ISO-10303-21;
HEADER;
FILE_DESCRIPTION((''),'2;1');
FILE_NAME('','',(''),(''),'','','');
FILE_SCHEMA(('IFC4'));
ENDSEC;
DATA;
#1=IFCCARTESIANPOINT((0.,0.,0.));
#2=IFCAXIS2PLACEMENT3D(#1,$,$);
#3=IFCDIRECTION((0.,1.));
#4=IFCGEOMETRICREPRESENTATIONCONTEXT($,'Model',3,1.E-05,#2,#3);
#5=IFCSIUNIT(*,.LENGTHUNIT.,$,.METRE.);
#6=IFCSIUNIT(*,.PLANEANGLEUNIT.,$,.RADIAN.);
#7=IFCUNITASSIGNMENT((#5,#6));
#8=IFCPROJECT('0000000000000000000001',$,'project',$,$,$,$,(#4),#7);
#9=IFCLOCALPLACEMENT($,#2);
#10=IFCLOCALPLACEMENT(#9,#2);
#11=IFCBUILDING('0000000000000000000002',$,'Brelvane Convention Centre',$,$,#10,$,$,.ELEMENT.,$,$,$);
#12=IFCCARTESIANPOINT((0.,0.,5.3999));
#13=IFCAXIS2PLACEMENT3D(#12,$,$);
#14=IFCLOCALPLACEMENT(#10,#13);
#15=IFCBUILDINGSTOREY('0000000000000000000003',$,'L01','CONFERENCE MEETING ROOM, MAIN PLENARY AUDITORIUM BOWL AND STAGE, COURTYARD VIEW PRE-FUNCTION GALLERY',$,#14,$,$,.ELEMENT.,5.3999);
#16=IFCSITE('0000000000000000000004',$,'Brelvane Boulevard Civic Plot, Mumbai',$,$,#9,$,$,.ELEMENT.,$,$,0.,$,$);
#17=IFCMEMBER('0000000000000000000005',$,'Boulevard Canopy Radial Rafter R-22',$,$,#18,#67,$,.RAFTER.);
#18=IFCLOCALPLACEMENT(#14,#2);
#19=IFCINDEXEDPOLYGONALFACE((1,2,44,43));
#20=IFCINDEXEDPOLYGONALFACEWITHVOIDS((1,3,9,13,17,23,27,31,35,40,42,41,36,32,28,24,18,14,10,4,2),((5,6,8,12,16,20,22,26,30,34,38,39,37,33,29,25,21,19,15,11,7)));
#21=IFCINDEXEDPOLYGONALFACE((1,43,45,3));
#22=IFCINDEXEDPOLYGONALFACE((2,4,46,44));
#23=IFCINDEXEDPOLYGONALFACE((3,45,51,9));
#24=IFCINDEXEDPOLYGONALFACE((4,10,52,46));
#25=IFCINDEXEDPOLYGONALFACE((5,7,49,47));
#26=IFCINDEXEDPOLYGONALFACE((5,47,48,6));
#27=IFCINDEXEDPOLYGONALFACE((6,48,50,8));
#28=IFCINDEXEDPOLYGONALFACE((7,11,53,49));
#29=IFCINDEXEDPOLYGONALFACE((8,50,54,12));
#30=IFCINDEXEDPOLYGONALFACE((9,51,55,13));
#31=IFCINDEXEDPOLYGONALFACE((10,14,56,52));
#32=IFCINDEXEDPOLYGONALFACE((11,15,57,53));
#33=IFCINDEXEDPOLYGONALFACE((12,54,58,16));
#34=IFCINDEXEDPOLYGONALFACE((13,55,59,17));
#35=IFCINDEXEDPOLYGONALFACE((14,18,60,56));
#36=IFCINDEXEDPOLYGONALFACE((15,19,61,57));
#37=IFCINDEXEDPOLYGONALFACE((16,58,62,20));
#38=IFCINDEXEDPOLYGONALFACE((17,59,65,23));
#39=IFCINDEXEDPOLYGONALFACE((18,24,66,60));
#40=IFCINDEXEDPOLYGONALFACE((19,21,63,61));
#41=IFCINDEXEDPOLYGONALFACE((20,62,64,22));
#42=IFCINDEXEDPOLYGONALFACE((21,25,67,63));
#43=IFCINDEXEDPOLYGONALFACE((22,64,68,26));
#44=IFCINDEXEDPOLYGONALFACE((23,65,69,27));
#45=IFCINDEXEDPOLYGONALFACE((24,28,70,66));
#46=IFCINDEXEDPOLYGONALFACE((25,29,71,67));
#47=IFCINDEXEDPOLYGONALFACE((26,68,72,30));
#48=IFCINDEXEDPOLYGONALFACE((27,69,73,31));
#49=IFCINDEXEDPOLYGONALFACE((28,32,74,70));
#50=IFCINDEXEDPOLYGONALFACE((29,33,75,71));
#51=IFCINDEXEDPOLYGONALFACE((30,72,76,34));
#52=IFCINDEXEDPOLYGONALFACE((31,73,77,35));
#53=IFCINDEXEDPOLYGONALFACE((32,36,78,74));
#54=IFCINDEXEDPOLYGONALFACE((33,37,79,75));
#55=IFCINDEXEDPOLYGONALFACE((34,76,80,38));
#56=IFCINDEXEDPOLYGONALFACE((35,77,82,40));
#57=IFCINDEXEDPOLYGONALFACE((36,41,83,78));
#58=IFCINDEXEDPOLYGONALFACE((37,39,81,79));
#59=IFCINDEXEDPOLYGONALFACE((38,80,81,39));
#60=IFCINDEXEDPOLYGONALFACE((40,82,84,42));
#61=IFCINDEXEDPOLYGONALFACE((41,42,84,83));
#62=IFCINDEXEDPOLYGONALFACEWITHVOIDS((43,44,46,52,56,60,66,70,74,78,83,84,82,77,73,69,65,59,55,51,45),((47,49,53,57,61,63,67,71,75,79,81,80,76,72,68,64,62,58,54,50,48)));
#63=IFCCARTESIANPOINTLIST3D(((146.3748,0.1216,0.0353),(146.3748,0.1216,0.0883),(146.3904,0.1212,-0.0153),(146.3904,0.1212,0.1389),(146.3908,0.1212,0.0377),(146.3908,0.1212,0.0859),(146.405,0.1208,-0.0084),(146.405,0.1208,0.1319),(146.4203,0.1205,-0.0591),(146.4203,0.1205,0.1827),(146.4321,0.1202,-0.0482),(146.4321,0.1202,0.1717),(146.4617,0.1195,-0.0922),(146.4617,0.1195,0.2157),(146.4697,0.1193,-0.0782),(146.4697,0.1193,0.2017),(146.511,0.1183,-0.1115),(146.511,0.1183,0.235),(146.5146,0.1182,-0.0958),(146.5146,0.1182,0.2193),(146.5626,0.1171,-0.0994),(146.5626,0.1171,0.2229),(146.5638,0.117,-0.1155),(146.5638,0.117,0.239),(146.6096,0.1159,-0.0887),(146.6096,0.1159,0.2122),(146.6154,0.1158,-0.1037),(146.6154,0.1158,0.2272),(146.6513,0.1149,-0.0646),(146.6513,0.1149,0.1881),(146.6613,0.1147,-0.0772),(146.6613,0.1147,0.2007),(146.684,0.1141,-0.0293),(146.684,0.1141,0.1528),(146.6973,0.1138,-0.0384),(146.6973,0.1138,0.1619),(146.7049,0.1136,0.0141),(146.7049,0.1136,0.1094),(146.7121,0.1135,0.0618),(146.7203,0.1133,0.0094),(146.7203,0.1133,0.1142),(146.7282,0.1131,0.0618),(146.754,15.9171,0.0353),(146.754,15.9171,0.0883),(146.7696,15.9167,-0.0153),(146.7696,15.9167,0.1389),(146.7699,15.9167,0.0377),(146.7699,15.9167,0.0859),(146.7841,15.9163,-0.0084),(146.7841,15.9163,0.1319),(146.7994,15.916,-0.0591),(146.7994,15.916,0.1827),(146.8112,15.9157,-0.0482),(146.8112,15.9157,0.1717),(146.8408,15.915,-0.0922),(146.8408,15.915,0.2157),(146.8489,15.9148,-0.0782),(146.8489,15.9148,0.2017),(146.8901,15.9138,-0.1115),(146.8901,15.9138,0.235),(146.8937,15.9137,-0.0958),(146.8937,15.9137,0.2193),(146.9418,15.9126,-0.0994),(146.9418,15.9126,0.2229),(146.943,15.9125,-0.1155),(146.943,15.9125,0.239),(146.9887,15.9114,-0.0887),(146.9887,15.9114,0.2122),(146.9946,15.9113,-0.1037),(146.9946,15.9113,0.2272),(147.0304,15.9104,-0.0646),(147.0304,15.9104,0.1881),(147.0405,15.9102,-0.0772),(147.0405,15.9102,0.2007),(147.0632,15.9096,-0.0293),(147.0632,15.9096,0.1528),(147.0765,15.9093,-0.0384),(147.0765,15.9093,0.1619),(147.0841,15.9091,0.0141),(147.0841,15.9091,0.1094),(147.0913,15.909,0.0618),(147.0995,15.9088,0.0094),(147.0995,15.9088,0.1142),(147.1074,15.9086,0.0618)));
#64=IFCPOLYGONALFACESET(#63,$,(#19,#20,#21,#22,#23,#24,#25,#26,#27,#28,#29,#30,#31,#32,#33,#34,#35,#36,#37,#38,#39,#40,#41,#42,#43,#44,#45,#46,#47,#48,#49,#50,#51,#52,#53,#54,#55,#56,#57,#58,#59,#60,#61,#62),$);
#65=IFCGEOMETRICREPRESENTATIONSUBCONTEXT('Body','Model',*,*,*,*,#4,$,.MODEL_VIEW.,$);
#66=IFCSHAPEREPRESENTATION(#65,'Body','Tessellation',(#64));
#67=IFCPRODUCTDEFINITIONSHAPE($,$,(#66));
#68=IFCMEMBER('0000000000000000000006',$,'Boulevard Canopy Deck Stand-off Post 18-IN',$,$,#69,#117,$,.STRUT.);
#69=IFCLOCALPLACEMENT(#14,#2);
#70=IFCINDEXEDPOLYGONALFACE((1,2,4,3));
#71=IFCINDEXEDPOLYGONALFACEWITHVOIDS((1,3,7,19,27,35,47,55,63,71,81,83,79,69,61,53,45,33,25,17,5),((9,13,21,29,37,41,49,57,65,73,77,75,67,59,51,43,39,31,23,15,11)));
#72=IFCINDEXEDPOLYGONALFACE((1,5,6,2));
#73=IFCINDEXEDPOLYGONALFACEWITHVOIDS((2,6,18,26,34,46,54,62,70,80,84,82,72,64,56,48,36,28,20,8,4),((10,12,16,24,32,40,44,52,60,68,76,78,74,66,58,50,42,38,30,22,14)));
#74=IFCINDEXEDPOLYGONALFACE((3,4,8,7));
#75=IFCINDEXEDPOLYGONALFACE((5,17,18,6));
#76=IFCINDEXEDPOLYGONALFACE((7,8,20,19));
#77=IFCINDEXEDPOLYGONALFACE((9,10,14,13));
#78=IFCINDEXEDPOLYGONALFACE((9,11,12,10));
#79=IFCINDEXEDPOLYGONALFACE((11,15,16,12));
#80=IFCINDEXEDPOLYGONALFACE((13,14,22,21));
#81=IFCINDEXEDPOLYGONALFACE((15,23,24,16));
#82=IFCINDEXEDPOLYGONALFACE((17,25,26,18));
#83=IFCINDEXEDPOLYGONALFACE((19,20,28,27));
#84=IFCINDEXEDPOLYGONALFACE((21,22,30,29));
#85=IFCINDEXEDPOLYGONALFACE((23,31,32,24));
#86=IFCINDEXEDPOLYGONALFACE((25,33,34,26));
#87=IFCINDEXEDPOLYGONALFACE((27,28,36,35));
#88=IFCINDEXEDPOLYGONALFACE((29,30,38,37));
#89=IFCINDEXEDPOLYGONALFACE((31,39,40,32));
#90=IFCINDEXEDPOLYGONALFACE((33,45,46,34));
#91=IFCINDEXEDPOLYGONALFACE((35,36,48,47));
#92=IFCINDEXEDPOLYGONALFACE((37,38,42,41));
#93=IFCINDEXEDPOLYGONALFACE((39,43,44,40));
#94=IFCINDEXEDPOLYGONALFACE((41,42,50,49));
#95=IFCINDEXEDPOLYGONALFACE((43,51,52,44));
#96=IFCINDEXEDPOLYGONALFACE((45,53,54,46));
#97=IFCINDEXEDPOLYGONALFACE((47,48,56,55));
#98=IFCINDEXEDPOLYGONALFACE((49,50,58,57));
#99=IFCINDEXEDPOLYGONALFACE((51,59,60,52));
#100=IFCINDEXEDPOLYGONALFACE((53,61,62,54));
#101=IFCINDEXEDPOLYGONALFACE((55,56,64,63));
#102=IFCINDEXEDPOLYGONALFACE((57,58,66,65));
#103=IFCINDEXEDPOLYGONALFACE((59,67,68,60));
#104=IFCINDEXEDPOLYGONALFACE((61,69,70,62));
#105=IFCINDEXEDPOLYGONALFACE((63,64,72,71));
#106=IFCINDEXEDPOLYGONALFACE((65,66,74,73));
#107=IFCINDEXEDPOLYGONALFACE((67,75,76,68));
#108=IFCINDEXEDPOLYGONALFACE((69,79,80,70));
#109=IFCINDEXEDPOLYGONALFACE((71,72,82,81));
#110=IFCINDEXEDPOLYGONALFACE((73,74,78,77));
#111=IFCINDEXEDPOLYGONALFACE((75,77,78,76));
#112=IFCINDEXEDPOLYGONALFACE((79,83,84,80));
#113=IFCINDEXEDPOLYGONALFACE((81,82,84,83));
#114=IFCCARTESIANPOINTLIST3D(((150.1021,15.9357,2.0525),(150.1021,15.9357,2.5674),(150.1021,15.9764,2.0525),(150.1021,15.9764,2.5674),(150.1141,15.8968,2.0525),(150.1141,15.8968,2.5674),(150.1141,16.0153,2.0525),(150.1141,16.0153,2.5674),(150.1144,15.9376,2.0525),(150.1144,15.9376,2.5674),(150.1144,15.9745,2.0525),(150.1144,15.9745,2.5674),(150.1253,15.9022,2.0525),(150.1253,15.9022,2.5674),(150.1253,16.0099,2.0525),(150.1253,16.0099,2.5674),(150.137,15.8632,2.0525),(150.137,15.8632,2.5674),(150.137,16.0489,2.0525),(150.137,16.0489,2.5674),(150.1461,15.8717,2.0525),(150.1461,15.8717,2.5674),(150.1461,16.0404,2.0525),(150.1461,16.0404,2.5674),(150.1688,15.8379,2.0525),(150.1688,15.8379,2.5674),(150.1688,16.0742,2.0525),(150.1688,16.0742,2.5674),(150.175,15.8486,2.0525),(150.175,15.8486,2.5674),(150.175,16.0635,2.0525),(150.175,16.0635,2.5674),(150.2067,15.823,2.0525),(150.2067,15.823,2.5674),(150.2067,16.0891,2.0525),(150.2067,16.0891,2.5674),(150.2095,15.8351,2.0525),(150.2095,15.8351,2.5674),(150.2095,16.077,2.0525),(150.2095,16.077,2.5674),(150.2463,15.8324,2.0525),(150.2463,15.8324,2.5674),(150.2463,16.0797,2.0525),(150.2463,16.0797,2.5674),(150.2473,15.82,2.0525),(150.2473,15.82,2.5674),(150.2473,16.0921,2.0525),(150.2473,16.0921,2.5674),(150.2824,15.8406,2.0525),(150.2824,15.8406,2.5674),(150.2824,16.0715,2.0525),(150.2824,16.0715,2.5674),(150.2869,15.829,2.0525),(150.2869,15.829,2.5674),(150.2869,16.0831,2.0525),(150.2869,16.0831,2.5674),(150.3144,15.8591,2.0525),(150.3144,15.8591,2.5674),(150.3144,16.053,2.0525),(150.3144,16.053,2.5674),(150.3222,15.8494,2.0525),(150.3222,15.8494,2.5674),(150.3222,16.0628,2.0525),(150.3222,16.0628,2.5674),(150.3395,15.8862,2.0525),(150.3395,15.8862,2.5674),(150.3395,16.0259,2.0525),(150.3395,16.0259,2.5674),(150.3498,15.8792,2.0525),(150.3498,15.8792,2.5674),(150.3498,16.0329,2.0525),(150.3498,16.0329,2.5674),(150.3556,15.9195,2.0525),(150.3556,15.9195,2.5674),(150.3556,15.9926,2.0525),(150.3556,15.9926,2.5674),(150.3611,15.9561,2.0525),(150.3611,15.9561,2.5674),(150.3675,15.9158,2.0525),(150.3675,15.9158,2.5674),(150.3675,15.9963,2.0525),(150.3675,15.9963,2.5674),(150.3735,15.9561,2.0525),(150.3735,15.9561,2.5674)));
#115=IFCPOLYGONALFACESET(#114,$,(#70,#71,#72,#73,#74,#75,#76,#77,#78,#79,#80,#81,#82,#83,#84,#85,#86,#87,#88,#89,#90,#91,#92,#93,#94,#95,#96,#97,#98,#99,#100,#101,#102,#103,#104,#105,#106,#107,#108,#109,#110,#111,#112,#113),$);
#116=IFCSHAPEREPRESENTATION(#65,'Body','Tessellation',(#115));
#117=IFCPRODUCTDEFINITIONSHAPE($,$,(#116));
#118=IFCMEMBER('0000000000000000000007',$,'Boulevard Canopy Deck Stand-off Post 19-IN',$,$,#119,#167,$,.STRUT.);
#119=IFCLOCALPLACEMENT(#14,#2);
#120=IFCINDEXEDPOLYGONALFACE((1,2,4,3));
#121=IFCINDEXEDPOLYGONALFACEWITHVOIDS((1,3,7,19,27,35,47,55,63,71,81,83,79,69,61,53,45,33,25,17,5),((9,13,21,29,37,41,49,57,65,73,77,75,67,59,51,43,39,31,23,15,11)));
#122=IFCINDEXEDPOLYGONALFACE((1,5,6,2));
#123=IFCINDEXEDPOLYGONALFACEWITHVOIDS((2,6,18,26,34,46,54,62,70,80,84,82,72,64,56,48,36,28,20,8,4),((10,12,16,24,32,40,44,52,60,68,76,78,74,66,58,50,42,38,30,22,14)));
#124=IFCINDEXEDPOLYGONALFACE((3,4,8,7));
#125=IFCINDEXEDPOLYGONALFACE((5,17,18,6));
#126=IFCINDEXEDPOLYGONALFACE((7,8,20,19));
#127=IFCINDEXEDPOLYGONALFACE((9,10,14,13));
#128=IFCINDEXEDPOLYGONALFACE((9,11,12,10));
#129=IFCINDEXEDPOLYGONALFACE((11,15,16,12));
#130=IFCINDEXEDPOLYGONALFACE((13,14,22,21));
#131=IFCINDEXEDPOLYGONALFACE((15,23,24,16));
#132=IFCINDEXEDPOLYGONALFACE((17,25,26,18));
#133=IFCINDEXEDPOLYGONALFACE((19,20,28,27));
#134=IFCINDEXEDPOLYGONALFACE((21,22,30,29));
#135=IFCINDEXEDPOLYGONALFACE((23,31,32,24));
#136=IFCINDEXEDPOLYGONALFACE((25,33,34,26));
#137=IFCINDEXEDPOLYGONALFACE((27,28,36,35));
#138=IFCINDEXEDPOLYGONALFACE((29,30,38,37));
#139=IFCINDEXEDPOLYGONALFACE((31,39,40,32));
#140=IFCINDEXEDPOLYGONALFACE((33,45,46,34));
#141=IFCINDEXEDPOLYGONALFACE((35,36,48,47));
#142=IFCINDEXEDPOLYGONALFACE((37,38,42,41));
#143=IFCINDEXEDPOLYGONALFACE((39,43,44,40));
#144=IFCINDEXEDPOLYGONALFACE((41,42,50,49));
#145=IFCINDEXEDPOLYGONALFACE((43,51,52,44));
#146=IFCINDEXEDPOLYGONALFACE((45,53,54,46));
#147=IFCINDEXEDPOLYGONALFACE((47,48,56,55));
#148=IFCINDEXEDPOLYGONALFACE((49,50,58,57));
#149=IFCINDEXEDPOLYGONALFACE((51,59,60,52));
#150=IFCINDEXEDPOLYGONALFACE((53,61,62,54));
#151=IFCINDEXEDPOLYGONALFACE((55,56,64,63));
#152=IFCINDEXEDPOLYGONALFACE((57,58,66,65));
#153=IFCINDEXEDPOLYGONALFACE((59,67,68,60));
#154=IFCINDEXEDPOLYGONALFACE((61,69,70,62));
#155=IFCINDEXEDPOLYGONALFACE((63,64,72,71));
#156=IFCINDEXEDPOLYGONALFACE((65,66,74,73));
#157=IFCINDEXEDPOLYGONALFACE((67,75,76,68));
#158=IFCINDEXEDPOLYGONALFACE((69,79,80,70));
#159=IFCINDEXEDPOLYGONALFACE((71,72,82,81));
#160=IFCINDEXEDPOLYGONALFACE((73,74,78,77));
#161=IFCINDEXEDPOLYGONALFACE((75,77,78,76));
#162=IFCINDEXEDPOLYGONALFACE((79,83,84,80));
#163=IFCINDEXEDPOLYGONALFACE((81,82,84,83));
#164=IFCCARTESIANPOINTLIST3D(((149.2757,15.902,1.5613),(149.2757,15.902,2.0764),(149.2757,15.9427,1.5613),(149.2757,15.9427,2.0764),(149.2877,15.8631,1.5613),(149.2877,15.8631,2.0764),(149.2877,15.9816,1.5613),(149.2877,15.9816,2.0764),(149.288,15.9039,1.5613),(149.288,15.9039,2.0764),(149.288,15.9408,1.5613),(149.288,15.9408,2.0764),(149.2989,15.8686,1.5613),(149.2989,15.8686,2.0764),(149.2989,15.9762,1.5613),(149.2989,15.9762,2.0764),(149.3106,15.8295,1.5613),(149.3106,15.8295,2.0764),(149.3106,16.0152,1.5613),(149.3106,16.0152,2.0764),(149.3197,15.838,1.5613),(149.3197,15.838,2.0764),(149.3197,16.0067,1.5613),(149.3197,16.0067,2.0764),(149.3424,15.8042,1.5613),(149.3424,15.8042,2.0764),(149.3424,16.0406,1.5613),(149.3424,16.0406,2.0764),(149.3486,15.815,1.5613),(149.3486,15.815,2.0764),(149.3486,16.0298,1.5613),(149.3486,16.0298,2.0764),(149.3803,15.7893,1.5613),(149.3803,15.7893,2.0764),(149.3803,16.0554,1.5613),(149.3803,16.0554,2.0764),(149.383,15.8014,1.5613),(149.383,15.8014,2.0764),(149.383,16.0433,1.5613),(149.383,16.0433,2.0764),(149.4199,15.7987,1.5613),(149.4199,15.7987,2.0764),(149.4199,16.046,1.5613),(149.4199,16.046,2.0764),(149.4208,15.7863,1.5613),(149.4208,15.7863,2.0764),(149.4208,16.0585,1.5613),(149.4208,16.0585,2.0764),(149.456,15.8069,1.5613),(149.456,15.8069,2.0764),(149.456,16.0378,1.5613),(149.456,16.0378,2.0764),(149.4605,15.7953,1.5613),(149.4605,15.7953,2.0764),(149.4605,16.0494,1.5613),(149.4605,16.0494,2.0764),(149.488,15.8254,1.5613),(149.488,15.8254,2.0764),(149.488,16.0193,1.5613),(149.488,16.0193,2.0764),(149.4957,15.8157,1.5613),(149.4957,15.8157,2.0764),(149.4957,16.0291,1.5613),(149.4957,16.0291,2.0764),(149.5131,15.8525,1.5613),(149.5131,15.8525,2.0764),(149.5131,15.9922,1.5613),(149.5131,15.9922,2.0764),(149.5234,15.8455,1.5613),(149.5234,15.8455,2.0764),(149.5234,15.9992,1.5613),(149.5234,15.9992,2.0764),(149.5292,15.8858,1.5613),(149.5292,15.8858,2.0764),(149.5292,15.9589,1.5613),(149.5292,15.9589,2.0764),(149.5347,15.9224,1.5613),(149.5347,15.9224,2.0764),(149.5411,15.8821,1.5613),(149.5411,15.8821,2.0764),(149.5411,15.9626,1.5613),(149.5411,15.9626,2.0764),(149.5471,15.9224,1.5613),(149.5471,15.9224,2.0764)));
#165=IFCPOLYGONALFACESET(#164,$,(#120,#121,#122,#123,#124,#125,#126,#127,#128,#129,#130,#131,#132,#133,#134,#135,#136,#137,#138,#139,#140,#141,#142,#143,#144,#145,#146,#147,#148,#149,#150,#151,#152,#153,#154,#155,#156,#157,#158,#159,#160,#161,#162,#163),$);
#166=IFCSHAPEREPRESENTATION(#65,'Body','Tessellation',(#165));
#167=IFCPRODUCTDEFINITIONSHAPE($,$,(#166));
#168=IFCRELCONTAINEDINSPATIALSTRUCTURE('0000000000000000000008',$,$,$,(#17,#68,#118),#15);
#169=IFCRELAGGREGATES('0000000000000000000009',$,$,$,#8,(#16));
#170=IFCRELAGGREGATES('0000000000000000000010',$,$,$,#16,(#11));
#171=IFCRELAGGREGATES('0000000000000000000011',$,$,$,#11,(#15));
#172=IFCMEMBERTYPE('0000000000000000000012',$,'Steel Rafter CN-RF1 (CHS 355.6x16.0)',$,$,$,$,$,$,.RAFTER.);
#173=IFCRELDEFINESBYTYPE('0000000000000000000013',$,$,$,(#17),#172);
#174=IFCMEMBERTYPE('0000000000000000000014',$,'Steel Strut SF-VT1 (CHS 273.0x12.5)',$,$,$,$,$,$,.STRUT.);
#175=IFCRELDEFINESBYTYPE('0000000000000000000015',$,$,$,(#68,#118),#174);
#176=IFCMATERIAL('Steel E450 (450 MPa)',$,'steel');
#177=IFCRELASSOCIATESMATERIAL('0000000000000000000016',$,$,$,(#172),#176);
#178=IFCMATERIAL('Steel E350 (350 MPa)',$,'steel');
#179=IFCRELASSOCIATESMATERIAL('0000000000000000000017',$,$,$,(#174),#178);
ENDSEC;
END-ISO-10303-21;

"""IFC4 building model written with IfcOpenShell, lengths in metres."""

from ifc_helpers import new_model, si_unit, direction, frame, origin, origin_2d, place, context, subcontext, project, spatial, hollow_circle, extrude, material, material_profile, profile_set, type_object, element, save


model = new_model("IFC4")

# Units and contexts
model_context = context("Model", 3, precision=1e-05, world=origin(), true_north=direction((0.0, 1.0)))
body_context = subcontext(model_context, "Body", "Model", "MODEL_VIEW")
ifc_project = project(units=[si_unit("LENGTHUNIT", "METRE"), si_unit("PLANEANGLEUNIT", "RADIAN")], contexts=[model_context])

# Site, building, storey
site_placement = place(None, origin())
site = spatial("IfcSite", under=ifc_project, at=site_placement, Name="Brelvane Boulevard Civic Plot, Mumbai", CompositionType="ELEMENT", RefElevation=0.0)
building_placement = place(site_placement, origin())
building = spatial("IfcBuilding", under=site, at=building_placement, Name="Brelvane Convention Centre", CompositionType="ELEMENT")
storey_placement = place(building_placement, frame((0.0, 0.0, 5.3999)))
storey = spatial("IfcBuildingStorey", under=building, at=storey_placement, Name="L01", Description="CONFERENCE MEETING ROOM, MAIN PLENARY AUDITORIUM BOWL AND STAGE, COURTYARD VIEW PRE-FUNCTION GALLERY", CompositionType="ELEMENT", Elevation=5.3999)

# Members
ifc_material_1 = material(Name="Steel E450 (450 MPa)", Category="steel")
ifc_material_profile_1 = material_profile(ifc_material_1, hollow_circle(Radius=0.1777, WallThickness=0.0161, at=origin_2d()), Name="CHS 355.6x16.0")
ifc_profile_set_1 = profile_set([ifc_material_profile_1], Name="Steel E450 (450 MPa)")
member_type_1 = type_object("IfcMemberType", Name="Steel Rafter CN-RF1 (CHS 355.6x16.0)", PredefinedType="RAFTER", material=ifc_profile_set_1)
for number, where, z_axis, x_axis, name in (
    (1, (146.9297, 15.9128, 0.0618), (-0.023997, -0.999712, 0.0), (0.999712, -0.023997, 0.0), "Boulevard Canopy Radial Rafter R-22"),
):
    element("IfcMember", number, at=place(storey_placement, frame(where, z_axis=z_axis, x_axis=x_axis)), inside=storey, type_object=member_type_1, Name=name, PredefinedType="RAFTER", context=body_context, shape_type="SweptSolid", body=[
        extrude(hollow_circle(Radius=0.1777, WallThickness=0.0161, at=origin_2d()), origin(), (0.0, 0.0, 1.0), 15.8),
    ])
ifc_material_2 = material(Name="Steel E350 (350 MPa)", Category="steel")
ifc_material_profile_2 = material_profile(ifc_material_2, hollow_circle(Radius=0.1365, WallThickness=0.0125, at=origin_2d()), Name="CHS 273.0x12.5")
ifc_profile_set_2 = profile_set([ifc_material_profile_2], Name="Steel E350 (350 MPa)")
member_type_2 = type_object("IfcMemberType", Name="Steel Strut SF-VT1 (CHS 273.0x12.5)", PredefinedType="STRUT", material=ifc_profile_set_2)
member_1_placement = place(storey_placement, frame((150.2371, 15.9561, 2.0525), z_axis=(0.0, 0.0, 1.0), x_axis=(1.0, 0.0, 0.0)))
element("IfcMember", 2, at=member_1_placement, inside=storey, type_object=member_type_2, Name="Boulevard Canopy Deck Stand-off Post 18-IN", PredefinedType="STRUT", context=body_context, shape_type="SweptSolid", body=[
    extrude(hollow_circle(Radius=0.1365, WallThickness=0.0125, at=origin_2d()), origin(), (0.0, 0.0, 1.0), 0.5149),
])
for number, where, z_axis, x_axis, name in (
    (3, (149.4106, 15.9224, 1.5613), (0.0, 0.0, 1.0), (1.0, 0.0, 0.0), "Boulevard Canopy Deck Stand-off Post 19-IN"),
):
    element("IfcMember", number, at=place(storey_placement, frame(where, z_axis=z_axis, x_axis=x_axis)), inside=storey, type_object=member_type_2, Name=name, PredefinedType="STRUT", context=body_context, shape_type="SweptSolid", body=[
        extrude(hollow_circle(Radius=0.1365, WallThickness=0.0125, at=origin_2d()), origin(), (0.0, 0.0, 1.0), 0.5151),
    ])

save(model, "model.ifc")
